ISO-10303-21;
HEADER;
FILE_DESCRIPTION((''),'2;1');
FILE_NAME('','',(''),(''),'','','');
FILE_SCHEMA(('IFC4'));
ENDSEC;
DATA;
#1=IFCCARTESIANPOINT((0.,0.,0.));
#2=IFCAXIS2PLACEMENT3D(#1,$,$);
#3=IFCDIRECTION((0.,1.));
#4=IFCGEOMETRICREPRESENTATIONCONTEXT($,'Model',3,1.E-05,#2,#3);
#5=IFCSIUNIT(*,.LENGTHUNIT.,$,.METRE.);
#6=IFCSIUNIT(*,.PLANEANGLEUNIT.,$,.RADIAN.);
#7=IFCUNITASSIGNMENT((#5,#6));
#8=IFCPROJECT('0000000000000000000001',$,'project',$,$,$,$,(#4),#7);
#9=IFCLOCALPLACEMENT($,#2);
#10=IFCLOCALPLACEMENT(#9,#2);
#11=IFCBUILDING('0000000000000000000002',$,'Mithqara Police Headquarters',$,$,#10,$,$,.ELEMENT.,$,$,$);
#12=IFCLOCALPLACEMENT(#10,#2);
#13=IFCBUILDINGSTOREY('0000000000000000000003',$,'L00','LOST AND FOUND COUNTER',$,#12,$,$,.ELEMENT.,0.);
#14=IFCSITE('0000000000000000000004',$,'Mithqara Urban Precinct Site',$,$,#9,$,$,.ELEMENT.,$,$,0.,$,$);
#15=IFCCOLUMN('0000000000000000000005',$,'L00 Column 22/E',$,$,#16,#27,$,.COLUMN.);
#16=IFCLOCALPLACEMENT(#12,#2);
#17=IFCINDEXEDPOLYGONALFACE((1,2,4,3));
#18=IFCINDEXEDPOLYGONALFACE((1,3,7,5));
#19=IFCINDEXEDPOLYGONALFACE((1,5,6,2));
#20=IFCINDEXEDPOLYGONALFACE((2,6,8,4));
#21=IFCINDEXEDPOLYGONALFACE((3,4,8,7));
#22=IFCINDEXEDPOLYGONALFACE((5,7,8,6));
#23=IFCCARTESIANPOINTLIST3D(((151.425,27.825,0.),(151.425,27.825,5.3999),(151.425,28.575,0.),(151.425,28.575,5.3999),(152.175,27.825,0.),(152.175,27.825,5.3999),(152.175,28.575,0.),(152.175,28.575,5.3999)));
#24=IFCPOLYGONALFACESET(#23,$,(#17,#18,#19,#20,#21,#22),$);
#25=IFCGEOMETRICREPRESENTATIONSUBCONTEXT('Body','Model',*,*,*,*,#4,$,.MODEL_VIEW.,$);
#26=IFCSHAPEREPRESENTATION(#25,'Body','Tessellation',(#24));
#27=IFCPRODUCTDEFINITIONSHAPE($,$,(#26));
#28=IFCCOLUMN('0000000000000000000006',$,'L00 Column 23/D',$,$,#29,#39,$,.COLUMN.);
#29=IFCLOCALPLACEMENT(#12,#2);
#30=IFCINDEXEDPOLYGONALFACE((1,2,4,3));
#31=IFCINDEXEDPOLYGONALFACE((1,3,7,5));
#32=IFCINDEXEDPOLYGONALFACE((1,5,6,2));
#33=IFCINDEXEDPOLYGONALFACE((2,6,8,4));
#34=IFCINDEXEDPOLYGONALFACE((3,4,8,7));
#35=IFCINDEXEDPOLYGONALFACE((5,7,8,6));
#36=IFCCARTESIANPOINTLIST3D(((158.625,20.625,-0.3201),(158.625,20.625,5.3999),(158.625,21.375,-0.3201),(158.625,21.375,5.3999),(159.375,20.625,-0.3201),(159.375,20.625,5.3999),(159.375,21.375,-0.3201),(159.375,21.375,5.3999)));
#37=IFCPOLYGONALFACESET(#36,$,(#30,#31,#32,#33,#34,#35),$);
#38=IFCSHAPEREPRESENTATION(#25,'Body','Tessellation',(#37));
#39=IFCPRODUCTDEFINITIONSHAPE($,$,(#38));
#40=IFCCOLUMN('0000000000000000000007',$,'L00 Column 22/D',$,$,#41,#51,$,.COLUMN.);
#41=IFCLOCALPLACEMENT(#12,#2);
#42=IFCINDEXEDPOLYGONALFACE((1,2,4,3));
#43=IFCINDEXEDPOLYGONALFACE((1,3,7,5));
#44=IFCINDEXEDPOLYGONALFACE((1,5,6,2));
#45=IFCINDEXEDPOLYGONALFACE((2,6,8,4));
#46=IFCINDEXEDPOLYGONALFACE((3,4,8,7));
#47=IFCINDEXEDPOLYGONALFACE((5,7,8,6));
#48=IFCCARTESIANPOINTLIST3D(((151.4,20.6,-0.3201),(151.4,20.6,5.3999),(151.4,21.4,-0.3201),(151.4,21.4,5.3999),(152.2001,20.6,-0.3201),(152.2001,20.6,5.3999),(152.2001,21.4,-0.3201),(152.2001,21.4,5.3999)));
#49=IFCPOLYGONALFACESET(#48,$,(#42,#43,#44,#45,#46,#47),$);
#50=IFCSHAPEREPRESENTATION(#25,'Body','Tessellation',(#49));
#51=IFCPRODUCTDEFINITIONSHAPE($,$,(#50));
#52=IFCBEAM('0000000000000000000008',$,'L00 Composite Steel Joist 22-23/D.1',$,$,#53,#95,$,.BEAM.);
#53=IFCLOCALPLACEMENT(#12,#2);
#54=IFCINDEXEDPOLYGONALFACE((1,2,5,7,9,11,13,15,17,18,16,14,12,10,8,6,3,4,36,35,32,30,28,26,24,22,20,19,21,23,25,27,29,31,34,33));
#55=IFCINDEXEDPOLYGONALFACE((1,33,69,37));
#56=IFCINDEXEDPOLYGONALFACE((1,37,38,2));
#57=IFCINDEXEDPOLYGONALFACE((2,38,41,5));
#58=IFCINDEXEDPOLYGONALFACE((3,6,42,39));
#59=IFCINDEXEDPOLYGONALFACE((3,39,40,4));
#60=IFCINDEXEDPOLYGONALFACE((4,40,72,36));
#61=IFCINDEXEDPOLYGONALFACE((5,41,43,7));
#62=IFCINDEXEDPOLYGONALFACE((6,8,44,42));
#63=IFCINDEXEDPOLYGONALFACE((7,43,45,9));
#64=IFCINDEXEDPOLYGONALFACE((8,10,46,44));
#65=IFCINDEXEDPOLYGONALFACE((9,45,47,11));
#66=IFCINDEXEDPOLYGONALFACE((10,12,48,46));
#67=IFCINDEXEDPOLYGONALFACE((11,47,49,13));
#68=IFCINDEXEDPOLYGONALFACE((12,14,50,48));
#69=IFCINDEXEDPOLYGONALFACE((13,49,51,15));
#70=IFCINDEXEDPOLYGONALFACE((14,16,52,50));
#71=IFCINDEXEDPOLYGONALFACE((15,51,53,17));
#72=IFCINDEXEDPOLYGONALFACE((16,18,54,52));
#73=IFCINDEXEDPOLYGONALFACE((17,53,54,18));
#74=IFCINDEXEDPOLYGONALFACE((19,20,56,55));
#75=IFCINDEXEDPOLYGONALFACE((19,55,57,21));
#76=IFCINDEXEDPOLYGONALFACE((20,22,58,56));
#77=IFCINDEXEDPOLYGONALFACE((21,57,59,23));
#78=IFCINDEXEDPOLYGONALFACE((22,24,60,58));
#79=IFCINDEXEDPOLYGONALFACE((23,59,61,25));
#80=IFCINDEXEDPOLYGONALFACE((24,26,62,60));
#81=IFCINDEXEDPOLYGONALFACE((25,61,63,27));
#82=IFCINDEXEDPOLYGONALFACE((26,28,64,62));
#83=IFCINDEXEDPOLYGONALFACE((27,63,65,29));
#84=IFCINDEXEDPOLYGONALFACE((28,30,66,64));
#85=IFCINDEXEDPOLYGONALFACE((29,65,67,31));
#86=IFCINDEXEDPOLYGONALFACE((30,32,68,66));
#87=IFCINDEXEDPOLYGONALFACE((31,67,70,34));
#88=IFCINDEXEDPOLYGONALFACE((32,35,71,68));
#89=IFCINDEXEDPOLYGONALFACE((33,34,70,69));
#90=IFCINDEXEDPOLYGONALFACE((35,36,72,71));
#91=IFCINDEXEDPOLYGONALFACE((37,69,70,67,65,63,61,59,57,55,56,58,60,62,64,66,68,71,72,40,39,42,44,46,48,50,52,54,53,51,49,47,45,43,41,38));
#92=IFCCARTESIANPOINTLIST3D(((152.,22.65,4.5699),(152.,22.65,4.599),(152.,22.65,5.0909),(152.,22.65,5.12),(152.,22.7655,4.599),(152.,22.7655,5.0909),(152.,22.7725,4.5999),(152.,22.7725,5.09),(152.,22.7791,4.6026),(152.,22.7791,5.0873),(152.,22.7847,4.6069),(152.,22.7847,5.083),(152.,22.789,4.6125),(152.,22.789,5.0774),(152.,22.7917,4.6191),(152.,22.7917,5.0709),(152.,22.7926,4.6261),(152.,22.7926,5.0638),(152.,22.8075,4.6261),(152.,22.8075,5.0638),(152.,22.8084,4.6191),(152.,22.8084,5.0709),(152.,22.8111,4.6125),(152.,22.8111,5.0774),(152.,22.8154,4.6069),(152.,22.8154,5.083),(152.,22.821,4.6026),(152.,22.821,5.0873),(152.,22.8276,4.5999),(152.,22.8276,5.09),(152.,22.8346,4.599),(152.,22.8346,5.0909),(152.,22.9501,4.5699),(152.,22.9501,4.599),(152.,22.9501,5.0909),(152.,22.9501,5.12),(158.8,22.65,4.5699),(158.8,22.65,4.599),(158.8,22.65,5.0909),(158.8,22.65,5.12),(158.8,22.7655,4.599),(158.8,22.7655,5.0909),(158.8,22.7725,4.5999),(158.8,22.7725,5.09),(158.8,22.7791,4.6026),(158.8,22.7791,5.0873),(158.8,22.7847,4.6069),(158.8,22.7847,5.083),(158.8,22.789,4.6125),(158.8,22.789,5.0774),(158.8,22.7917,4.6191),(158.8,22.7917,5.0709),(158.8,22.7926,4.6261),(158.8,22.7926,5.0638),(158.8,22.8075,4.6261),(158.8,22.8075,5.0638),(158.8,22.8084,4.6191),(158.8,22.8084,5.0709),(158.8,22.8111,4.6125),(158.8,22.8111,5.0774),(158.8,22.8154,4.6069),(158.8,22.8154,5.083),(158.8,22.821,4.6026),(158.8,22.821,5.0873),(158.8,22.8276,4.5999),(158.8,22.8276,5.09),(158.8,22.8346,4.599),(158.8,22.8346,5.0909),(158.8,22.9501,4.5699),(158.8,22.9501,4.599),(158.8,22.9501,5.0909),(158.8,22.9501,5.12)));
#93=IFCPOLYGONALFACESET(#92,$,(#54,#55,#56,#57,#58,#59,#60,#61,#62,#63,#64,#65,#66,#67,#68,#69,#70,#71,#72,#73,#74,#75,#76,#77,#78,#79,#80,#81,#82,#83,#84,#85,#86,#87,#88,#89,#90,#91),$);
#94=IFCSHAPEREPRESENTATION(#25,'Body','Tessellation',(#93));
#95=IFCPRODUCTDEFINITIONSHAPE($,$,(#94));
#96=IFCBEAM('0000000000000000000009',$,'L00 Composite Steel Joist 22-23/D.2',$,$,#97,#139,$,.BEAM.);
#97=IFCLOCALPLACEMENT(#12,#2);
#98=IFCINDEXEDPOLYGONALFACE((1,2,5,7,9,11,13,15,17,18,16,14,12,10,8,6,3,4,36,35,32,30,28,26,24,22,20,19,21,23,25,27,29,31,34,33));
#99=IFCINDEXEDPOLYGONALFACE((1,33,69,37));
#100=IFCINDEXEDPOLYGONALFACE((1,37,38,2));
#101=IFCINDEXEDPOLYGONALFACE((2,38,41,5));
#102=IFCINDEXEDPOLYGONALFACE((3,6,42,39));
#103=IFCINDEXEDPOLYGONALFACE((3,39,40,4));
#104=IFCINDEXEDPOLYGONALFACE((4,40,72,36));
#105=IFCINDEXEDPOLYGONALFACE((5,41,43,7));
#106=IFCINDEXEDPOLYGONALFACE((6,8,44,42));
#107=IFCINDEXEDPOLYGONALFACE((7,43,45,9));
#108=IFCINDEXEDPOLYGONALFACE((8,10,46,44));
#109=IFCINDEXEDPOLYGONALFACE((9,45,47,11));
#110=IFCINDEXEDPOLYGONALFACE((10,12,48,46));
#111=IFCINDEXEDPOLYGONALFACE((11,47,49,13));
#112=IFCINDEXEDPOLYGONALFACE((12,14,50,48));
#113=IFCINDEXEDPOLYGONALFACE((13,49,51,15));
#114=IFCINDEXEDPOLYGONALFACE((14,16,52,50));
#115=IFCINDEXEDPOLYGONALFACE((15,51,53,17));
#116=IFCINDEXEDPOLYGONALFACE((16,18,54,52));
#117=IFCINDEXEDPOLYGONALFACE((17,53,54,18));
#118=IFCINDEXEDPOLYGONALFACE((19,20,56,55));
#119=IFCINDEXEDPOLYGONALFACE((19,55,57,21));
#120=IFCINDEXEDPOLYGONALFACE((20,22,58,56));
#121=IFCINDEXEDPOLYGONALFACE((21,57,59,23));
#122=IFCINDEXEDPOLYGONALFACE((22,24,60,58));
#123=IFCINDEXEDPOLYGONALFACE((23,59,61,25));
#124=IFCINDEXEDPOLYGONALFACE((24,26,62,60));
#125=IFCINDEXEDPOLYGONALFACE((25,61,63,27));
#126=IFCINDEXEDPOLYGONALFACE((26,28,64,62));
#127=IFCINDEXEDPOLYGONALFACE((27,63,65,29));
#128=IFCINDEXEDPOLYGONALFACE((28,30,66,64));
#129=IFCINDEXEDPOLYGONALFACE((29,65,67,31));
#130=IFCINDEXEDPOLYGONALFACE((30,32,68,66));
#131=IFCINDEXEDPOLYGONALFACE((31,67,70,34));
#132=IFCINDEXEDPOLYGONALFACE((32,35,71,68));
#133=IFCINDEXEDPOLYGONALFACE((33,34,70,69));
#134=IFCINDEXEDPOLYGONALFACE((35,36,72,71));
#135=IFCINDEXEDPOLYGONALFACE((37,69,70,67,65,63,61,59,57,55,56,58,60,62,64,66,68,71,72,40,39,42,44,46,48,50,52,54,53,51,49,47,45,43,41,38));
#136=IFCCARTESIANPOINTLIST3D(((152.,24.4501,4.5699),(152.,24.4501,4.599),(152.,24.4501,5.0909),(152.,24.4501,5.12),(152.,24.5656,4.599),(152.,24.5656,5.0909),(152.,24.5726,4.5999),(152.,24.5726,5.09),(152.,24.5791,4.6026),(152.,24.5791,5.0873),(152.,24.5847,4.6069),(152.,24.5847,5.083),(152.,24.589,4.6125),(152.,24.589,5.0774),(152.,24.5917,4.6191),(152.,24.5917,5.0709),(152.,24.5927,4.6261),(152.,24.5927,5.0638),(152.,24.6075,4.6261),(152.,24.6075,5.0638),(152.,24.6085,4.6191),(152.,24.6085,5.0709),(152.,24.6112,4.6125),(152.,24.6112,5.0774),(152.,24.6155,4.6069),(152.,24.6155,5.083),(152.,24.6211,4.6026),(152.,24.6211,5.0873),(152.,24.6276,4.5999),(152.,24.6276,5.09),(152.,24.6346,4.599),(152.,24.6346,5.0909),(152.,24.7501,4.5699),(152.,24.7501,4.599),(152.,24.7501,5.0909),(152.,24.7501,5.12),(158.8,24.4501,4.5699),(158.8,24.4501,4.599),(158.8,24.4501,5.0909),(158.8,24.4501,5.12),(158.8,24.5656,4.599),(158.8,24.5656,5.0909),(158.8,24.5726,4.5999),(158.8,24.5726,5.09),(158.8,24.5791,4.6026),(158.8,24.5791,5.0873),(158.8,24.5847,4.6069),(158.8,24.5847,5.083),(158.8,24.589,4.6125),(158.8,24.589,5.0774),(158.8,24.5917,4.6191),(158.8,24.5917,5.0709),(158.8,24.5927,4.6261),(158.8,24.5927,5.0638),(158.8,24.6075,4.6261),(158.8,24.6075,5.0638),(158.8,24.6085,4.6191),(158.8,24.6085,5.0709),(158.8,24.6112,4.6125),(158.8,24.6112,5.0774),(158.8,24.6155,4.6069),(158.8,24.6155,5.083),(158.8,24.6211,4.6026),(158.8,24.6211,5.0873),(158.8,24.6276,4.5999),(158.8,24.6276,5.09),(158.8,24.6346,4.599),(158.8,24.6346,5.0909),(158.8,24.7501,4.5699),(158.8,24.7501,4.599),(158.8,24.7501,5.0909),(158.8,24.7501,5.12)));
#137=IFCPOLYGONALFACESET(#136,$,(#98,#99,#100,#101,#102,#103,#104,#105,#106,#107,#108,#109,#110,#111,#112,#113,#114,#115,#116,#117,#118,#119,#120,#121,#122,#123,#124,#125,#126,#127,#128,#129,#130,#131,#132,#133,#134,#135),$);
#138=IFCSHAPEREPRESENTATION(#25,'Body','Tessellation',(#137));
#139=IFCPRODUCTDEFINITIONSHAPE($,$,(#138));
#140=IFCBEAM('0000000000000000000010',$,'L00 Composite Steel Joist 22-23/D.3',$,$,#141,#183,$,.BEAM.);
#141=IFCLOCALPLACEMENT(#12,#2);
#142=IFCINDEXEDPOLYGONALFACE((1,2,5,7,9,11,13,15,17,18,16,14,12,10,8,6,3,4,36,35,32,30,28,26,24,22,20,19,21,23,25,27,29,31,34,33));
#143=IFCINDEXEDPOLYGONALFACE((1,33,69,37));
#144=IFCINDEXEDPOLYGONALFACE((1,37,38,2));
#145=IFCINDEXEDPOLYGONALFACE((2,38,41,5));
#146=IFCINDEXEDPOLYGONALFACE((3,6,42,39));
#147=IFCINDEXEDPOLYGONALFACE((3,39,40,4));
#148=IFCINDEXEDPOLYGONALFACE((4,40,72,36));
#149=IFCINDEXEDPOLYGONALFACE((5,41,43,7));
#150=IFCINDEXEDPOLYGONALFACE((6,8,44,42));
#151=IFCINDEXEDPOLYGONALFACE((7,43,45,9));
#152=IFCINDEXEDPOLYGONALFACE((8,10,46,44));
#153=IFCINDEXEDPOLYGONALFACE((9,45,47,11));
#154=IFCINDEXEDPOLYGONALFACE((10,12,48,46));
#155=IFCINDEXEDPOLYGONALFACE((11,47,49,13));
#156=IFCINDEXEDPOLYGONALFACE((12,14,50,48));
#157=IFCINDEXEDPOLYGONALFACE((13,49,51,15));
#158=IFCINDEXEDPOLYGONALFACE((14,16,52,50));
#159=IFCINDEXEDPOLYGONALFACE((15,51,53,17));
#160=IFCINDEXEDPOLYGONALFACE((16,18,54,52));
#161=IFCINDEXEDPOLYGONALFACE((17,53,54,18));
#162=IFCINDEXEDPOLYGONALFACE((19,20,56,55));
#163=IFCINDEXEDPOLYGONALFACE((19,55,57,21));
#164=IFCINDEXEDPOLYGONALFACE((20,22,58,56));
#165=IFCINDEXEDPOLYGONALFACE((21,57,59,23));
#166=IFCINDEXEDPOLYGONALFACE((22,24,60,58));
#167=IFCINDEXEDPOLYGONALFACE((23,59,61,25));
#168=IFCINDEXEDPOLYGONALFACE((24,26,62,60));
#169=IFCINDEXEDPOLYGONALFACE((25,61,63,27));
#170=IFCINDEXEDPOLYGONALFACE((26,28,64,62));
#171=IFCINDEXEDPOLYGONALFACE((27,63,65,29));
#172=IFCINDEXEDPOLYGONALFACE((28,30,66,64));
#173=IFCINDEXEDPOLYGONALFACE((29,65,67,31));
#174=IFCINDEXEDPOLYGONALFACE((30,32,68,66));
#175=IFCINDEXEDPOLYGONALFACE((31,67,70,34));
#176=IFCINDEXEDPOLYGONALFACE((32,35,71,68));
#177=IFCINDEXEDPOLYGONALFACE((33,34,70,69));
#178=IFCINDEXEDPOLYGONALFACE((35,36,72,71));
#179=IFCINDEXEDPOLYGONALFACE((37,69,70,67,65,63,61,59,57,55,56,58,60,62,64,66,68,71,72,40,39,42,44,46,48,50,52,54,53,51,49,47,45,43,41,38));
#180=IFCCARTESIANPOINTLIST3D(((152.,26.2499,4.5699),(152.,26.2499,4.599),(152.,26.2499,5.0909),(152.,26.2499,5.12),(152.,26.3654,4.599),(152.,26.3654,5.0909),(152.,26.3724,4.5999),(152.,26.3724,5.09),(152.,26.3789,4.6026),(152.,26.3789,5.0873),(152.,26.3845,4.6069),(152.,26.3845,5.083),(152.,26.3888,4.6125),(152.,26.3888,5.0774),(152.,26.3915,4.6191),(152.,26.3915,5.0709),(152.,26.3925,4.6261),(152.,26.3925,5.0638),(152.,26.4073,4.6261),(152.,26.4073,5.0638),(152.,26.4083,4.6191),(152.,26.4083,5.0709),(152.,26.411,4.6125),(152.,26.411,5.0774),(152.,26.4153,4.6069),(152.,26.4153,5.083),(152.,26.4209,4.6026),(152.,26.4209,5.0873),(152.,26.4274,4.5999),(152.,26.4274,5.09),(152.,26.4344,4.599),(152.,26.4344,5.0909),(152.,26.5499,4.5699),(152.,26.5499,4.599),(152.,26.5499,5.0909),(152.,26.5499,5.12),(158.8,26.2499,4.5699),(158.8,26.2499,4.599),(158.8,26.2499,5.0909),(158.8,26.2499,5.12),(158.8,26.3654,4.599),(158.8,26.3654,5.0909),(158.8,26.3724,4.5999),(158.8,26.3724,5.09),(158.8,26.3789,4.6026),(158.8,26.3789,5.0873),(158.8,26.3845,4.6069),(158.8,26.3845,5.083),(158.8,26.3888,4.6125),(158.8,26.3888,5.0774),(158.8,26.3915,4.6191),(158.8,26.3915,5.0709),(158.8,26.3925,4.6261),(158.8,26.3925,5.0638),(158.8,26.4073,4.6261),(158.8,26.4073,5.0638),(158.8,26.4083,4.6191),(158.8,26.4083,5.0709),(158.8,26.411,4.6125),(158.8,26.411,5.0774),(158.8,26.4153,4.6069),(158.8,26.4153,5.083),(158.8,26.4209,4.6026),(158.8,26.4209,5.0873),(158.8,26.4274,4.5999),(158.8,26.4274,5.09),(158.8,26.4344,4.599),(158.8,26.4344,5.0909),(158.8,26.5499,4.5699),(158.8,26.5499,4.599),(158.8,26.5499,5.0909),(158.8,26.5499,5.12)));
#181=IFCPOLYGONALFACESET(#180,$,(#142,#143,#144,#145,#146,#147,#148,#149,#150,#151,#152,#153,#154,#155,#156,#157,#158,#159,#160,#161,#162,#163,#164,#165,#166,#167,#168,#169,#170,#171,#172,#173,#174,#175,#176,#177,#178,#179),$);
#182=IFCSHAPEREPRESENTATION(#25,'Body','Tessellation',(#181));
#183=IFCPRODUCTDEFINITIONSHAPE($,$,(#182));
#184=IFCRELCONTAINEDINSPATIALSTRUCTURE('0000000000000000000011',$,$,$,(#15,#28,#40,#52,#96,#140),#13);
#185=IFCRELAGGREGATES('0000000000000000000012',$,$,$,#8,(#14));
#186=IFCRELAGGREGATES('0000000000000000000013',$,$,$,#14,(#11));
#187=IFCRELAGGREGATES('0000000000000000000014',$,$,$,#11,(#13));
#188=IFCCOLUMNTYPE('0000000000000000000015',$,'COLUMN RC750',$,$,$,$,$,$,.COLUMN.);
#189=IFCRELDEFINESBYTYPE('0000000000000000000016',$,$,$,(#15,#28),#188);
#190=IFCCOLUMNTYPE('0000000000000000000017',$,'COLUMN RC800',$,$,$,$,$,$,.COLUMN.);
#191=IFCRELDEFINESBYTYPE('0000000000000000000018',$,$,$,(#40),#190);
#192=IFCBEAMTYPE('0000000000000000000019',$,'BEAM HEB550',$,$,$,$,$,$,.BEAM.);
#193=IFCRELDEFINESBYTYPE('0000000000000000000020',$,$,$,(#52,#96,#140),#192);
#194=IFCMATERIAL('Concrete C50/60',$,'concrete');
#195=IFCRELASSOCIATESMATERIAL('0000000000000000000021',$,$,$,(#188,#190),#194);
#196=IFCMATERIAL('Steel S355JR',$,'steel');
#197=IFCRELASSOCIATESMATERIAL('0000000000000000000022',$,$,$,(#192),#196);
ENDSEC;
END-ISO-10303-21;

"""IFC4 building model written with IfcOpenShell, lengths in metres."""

from ifc_helpers import new_model, si_unit, direction, frame, origin, origin_2d, place, context, subcontext, project, spatial, rectangle, i_section, extrude, material, material_profile, profile_set, type_object, element, save


model = new_model("IFC4")

# Units and contexts
model_context = context("Model", 3, precision=1e-05, world=origin(), true_north=direction((0.0, 1.0)))
body_context = subcontext(model_context, "Body", "Model", "MODEL_VIEW")
ifc_project = project(units=[si_unit("LENGTHUNIT", "METRE"), si_unit("PLANEANGLEUNIT", "RADIAN")], contexts=[model_context])

# Site, building, storey
site_placement = place(None, origin())
site = spatial("IfcSite", under=ifc_project, at=site_placement, Name="Mithqara Urban Precinct Site", CompositionType="ELEMENT", RefElevation=0.0)
building_placement = place(site_placement, origin())
building = spatial("IfcBuilding", under=site, at=building_placement, Name="Mithqara Police Headquarters", CompositionType="ELEMENT")
storey_placement = place(building_placement, origin())
storey = spatial("IfcBuildingStorey", under=building, at=storey_placement, Name="L00", Description="LOST AND FOUND COUNTER", CompositionType="ELEMENT", Elevation=0.0)

# Columns
ifc_material_1 = material(Name="Concrete C50/60", Category="concrete")
ifc_material_profile_1 = material_profile(ifc_material_1, rectangle(XDim=0.75, YDim=0.75, at=origin_2d()), Name="RC 750x750")
ifc_profile_set_1 = profile_set([ifc_material_profile_1], Name="Concrete C50/60")
column_type_1 = type_object("IfcColumnType", Name="COLUMN RC750", PredefinedType="COLUMN", material=ifc_profile_set_1)
column_1_placement = place(storey_placement, frame((151.8, 28.2, 0.0), z_axis=(0.0, 0.0, 1.0), x_axis=(1.0, 0.0, 0.0)))
element("IfcColumn", 1, at=column_1_placement, inside=storey, type_object=column_type_1, Name="L00 Column 22/E", PredefinedType="COLUMN", context=body_context, shape_type="SweptSolid", body=[
    extrude(rectangle(XDim=0.75, YDim=0.75, at=origin_2d()), origin(), (0.0, 0.0, 1.0), 5.3999),
])
column_2_placement = place(storey_placement, frame((159.0, 21.0, -0.3201), z_axis=(0.0, 0.0, 1.0), x_axis=(1.0, 0.0, 0.0)))
element("IfcColumn", 2, at=column_2_placement, inside=storey, type_object=column_type_1, Name="L00 Column 23/D", PredefinedType="COLUMN", context=body_context, shape_type="SweptSolid", body=[
    extrude(rectangle(XDim=0.75, YDim=0.75, at=origin_2d()), origin(), (0.0, 0.0, 1.0), 5.72),
])
ifc_material_profile_2 = material_profile(ifc_material_1, rectangle(XDim=0.8, YDim=0.8, at=origin_2d()), Name="RC 800x800")
ifc_profile_set_2 = profile_set([ifc_material_profile_2], Name="Concrete C50/60")
column_type_2 = type_object("IfcColumnType", Name="COLUMN RC800", PredefinedType="COLUMN", material=ifc_profile_set_2)
column_3_placement = place(storey_placement, frame((151.8, 21.0, -0.3201), z_axis=(0.0, 0.0, 1.0), x_axis=(1.0, 0.0, 0.0)))
element("IfcColumn", 3, at=column_3_placement, inside=storey, type_object=column_type_2, Name="L00 Column 22/D", PredefinedType="COLUMN", context=body_context, shape_type="SweptSolid", body=[
    extrude(rectangle(XDim=0.8, YDim=0.8, at=origin_2d()), origin(), (0.0, 0.0, 1.0), 5.72),
])

# Beams
ifc_material_2 = material(Name="Steel S355JR", Category="steel")
ifc_material_profile_3 = material_profile(ifc_material_2, i_section(OverallWidth=0.3, OverallDepth=0.55, WebThickness=0.0149, FlangeThickness=0.0291, FilletRadius=0.0271, at=origin_2d()), Name="HEB 550")
ifc_profile_set_3 = profile_set([ifc_material_profile_3], Name="Steel S355JR")
beam_type_1 = type_object("IfcBeamType", Name="BEAM HEB550", PredefinedType="BEAM", material=ifc_profile_set_3)
for number, where, z_axis, x_axis, name in (
    (4, (152.0, 22.8, 4.845), (1.0, 0.0, 0.0), (0.0, 1.0, 0.0), "L00 Composite Steel Joist 22-23/D.1"),
    (5, (152.0, 24.6001, 4.845), (1.0, 0.0, 0.0), (0.0, 1.0, 0.0), "L00 Composite Steel Joist 22-23/D.2"),
    (6, (152.0, 26.3999, 4.845), (1.0, 0.0, 0.0), (0.0, 1.0, 0.0), "L00 Composite Steel Joist 22-23/D.3"),
):
    element("IfcBeam", number, at=place(storey_placement, frame(where, z_axis=z_axis, x_axis=x_axis)), inside=storey, type_object=beam_type_1, Name=name, PredefinedType="BEAM", context=body_context, shape_type="SweptSolid", body=[
        extrude(i_section(OverallWidth=0.3, OverallDepth=0.55, WebThickness=0.0149, FlangeThickness=0.0291, FilletRadius=0.0271, at=origin_2d()), origin(), (0.0, 0.0, 1.0), 6.8),
    ])

save(model, "model.ifc")
